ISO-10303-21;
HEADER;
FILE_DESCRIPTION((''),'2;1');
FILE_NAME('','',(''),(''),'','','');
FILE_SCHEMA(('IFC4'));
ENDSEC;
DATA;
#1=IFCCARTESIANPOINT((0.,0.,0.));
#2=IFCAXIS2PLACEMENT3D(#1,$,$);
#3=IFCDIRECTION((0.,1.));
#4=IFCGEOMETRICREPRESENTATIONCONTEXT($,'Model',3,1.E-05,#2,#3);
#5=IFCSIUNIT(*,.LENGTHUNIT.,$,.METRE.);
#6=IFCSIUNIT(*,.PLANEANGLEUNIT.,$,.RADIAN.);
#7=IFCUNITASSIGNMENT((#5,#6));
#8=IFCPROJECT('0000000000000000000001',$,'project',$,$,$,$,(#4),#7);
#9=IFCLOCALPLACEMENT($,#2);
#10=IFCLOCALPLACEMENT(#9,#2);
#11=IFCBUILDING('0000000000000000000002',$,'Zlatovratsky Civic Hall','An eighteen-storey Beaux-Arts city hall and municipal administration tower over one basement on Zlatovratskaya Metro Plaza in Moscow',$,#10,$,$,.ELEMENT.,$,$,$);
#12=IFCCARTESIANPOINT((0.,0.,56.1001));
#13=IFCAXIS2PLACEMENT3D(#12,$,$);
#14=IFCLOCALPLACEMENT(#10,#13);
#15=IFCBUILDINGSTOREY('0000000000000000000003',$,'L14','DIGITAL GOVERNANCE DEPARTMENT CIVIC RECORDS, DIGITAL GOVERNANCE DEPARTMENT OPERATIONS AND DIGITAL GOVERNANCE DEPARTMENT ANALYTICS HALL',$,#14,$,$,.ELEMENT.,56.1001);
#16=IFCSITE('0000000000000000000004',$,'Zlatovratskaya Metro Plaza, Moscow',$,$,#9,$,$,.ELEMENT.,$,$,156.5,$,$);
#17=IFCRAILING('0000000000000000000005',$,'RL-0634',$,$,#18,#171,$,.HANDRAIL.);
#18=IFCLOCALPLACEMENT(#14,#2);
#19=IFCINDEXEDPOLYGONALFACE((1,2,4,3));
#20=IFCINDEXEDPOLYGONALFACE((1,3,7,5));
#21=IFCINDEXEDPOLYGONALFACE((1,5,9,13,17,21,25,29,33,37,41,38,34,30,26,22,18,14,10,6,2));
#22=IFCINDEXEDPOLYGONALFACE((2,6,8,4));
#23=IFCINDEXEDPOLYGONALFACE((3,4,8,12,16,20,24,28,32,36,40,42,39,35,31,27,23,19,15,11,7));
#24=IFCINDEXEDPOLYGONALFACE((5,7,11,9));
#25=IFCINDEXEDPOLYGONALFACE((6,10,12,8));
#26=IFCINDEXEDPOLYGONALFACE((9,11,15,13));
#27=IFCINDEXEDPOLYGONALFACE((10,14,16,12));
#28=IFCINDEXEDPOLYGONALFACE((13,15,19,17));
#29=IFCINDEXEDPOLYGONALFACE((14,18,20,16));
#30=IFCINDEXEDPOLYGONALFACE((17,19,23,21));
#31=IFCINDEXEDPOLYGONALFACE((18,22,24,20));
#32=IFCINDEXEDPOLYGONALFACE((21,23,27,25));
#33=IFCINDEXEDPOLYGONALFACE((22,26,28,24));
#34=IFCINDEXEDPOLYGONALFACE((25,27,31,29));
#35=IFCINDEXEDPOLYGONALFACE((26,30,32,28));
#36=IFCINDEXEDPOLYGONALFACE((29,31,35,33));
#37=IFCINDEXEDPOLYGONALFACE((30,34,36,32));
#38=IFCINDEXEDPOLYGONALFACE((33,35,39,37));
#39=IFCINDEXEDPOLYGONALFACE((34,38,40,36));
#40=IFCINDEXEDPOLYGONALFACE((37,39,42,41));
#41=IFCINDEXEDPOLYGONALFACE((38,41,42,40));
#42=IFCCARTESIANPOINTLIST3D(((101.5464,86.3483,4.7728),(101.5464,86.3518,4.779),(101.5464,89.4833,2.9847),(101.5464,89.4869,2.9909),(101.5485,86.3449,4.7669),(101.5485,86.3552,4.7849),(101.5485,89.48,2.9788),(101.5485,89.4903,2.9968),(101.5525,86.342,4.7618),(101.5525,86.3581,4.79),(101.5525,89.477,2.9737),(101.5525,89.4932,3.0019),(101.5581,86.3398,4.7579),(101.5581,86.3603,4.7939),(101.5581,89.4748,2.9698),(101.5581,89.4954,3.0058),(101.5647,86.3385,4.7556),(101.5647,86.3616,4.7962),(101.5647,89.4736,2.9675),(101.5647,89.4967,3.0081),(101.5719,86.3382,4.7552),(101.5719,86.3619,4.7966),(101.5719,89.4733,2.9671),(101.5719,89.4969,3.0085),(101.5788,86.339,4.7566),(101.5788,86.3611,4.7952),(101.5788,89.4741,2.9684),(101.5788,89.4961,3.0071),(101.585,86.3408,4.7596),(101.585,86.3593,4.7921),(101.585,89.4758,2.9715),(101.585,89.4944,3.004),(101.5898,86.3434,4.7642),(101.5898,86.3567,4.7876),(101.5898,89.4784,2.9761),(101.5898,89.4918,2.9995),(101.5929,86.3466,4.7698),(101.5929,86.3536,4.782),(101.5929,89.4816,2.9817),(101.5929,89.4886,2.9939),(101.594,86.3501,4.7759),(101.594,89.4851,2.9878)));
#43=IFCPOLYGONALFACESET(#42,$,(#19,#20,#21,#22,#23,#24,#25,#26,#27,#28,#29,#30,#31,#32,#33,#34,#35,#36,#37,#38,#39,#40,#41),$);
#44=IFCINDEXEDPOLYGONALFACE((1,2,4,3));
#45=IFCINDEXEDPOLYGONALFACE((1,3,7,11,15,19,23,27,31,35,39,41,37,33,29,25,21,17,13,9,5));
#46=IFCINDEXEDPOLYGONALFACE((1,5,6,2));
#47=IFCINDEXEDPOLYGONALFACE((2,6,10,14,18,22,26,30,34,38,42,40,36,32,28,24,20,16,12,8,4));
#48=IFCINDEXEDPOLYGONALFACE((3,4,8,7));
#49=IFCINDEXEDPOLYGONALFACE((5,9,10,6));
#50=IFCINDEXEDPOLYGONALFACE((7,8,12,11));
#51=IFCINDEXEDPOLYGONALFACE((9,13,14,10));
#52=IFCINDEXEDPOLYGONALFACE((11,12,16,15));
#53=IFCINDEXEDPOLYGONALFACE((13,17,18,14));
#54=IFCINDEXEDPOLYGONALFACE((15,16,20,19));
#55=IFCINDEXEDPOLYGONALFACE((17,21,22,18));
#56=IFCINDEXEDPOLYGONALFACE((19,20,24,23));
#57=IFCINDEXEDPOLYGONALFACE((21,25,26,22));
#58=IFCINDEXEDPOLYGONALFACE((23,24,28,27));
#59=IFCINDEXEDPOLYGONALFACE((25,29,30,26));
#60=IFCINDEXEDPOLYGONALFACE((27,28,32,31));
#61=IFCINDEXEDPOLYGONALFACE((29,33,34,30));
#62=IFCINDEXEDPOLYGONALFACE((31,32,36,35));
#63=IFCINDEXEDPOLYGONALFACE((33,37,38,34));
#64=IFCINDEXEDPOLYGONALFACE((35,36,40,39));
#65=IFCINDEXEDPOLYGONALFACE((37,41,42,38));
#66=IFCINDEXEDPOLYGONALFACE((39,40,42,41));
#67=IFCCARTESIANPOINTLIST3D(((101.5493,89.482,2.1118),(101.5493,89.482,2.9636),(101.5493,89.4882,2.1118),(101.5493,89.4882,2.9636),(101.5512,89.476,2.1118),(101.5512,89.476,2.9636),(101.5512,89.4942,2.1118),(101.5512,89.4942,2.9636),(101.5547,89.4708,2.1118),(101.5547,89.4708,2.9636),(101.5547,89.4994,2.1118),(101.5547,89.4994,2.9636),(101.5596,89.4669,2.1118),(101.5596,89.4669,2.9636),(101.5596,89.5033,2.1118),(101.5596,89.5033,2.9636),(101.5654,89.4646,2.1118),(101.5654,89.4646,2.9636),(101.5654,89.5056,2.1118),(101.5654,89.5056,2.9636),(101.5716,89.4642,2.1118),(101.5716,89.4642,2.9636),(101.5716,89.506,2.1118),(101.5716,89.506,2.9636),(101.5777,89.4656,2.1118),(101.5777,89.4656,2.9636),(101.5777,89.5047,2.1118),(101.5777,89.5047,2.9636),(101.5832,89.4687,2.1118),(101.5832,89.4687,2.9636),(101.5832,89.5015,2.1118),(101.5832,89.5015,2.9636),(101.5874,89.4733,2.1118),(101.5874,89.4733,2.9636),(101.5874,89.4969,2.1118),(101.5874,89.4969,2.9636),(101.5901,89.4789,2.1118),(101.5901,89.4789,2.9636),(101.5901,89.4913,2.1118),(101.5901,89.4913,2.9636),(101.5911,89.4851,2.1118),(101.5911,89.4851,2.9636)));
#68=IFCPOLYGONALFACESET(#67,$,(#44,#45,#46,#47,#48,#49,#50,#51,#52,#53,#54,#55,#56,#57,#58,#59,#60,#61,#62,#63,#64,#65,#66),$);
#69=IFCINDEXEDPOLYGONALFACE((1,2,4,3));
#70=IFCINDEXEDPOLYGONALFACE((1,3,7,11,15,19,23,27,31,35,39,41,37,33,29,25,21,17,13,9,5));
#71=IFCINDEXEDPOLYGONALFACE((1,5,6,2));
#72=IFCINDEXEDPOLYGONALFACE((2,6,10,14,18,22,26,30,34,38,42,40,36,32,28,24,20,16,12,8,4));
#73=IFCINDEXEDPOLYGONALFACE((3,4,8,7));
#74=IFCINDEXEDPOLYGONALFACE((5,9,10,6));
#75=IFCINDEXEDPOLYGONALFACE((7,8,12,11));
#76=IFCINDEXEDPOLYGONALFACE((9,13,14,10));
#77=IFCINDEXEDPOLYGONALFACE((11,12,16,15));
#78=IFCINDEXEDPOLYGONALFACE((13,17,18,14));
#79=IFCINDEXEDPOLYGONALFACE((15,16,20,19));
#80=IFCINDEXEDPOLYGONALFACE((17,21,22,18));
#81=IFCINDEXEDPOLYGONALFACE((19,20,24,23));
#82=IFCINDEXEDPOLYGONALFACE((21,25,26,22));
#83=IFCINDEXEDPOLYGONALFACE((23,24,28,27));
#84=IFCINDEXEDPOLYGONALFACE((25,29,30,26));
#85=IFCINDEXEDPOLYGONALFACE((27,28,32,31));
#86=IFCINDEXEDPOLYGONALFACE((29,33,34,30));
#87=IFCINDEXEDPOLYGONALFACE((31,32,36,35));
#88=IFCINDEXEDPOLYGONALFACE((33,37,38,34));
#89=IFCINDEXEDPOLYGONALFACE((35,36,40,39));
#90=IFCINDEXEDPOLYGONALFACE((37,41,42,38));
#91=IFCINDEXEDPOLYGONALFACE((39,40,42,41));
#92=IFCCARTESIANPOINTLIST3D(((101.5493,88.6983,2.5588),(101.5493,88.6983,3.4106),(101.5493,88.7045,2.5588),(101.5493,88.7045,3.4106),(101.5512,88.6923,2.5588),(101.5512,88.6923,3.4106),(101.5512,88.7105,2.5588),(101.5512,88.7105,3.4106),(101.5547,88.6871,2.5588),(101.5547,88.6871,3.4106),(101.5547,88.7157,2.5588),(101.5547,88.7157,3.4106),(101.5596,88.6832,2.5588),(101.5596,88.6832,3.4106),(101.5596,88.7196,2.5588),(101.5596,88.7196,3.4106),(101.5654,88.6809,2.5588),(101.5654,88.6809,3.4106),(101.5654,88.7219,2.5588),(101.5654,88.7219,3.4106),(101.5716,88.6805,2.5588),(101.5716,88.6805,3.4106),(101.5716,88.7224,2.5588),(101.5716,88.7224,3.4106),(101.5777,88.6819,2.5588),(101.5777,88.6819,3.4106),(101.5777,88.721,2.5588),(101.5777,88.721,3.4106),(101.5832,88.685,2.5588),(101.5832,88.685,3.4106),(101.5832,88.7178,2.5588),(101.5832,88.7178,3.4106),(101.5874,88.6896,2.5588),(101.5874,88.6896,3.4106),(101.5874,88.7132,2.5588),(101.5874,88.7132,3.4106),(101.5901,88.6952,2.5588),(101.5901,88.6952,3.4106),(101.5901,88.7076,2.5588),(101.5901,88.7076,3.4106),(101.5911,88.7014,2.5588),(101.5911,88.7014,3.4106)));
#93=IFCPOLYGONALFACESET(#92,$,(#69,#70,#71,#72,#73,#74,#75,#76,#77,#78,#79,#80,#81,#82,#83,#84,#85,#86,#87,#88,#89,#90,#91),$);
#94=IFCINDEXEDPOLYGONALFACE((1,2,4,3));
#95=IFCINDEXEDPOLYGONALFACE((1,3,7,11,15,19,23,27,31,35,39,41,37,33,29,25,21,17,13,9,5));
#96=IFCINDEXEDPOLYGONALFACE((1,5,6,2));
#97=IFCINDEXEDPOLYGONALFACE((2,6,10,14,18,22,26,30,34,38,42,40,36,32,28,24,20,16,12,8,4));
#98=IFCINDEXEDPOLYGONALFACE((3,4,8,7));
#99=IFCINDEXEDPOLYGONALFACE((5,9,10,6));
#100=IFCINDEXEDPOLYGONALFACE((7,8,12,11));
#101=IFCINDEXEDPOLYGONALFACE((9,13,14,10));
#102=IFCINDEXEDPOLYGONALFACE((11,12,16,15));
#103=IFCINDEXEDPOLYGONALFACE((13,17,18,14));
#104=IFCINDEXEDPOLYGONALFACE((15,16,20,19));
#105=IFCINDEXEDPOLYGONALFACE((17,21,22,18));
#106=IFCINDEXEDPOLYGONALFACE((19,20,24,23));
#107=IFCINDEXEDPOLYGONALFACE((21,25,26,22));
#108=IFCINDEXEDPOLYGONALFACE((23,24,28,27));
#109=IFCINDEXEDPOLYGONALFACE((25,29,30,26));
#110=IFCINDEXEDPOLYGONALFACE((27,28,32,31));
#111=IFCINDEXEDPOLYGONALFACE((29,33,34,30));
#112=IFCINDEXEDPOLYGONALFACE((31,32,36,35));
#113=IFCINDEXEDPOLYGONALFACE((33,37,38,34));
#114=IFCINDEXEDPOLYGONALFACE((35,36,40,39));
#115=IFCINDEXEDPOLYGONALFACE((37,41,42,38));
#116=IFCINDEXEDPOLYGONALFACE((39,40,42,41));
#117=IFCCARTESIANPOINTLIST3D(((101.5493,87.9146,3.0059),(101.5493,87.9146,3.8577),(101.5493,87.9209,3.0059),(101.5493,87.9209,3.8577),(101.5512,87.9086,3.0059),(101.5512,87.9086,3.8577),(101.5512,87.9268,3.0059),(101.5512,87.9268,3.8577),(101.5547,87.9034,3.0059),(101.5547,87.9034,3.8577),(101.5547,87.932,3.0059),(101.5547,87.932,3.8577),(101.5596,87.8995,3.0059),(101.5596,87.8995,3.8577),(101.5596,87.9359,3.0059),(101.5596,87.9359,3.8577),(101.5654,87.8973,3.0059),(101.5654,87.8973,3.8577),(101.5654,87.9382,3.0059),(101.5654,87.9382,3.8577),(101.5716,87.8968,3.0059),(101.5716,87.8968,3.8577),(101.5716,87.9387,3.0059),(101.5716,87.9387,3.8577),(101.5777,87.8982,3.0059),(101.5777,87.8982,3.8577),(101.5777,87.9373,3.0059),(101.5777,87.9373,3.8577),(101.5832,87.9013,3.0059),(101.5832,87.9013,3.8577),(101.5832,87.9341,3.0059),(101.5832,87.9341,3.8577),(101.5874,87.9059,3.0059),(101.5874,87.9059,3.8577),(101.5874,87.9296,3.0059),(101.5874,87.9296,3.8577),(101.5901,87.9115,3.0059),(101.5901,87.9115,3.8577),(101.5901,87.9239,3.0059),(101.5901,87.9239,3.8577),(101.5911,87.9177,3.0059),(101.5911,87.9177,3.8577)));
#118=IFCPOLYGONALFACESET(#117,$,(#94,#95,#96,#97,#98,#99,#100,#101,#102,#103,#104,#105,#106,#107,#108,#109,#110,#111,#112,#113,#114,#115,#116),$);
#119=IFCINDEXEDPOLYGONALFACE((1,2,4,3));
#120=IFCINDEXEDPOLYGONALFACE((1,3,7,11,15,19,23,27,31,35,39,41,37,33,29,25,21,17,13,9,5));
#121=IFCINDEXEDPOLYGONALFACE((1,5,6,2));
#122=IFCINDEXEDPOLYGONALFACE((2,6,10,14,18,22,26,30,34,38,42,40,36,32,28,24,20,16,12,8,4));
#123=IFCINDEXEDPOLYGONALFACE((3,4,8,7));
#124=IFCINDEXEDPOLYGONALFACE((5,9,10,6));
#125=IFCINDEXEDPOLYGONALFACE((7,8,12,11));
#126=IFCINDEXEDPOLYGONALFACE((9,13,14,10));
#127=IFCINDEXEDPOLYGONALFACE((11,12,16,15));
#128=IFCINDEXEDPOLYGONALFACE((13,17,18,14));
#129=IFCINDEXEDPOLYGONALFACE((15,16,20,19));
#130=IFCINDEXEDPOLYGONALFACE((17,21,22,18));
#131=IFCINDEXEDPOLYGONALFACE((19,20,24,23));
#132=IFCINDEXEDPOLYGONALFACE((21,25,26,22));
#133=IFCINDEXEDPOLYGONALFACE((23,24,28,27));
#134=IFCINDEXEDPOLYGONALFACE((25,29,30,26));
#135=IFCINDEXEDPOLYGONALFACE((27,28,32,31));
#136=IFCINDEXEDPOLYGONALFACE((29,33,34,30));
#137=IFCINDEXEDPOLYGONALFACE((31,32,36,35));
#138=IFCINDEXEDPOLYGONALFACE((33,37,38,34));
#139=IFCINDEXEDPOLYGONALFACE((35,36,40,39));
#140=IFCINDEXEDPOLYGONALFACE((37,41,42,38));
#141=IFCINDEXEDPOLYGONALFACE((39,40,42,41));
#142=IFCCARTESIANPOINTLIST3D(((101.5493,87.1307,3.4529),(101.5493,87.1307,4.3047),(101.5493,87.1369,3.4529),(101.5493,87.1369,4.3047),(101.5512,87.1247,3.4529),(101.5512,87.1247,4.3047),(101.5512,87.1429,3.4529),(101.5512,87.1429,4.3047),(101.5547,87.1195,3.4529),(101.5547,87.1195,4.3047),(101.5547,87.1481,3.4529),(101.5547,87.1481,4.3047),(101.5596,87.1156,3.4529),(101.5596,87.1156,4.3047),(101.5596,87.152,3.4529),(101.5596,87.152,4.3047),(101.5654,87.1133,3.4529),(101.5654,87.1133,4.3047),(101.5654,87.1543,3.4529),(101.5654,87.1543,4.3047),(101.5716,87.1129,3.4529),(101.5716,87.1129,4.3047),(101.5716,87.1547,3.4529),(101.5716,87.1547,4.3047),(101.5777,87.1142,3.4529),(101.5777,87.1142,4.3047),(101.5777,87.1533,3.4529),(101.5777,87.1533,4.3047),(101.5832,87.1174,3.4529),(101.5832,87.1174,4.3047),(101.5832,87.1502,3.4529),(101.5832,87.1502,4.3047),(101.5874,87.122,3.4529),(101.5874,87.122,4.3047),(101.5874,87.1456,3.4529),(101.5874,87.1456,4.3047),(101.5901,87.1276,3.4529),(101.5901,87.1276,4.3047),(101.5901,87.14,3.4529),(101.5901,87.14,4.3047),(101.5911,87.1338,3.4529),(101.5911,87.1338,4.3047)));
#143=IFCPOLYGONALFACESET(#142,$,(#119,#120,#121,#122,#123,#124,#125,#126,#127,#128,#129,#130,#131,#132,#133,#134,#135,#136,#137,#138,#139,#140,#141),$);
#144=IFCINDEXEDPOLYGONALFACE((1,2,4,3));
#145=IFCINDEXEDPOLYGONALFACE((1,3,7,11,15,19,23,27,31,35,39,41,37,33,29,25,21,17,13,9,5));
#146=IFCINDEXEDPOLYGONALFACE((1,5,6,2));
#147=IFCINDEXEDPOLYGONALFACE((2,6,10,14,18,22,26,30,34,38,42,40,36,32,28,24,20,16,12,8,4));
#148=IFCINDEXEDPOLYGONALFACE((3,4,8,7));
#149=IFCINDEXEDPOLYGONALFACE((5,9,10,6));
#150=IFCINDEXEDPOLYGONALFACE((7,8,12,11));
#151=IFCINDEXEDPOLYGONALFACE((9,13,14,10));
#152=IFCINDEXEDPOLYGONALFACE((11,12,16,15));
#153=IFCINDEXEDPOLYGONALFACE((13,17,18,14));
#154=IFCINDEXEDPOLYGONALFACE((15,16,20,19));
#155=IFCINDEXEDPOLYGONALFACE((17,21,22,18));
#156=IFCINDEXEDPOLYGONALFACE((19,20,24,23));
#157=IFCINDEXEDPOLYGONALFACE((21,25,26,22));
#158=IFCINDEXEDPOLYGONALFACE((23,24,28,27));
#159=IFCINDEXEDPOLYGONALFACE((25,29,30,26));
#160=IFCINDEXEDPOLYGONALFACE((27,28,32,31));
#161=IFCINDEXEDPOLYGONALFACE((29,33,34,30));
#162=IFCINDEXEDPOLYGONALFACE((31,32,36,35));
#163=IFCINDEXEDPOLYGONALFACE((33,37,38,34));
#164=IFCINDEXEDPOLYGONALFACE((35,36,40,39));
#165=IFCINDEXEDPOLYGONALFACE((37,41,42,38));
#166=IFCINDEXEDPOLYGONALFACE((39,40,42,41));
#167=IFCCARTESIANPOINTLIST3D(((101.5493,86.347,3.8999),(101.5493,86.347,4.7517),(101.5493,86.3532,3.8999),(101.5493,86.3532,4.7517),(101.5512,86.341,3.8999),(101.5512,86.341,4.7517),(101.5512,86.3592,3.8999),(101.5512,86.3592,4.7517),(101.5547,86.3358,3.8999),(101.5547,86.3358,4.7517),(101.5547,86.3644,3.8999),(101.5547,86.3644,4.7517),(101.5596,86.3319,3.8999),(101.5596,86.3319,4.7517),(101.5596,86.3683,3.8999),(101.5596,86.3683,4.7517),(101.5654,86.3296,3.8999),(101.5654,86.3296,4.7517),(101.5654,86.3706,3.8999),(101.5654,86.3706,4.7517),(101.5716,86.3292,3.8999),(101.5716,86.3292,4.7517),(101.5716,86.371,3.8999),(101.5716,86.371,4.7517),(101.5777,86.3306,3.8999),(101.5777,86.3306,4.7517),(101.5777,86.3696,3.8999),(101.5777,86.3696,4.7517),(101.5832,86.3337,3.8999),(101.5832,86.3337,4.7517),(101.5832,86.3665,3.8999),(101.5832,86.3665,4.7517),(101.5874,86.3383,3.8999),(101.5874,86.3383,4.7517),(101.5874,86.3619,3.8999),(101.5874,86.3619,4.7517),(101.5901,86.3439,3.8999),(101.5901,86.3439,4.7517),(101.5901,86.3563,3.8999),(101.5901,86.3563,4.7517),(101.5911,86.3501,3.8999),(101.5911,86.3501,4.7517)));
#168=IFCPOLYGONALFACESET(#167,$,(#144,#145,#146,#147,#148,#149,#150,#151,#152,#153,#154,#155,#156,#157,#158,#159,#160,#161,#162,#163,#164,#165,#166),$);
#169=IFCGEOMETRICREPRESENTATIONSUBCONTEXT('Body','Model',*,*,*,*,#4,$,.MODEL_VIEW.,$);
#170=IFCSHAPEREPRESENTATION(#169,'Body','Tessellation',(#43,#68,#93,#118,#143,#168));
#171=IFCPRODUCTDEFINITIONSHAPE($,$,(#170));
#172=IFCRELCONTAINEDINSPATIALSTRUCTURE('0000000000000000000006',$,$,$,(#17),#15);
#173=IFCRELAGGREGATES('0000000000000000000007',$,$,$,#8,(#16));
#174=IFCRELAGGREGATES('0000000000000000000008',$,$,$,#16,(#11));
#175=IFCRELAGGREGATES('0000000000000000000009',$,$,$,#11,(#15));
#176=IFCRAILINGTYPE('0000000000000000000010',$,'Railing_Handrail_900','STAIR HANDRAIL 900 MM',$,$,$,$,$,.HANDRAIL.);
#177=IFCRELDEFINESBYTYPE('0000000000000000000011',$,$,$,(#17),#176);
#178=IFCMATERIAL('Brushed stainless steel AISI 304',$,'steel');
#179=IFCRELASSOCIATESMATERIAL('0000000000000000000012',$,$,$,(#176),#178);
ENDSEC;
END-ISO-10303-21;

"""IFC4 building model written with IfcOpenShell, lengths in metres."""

from ifc_helpers import new_model, si_unit, direction, frame, origin, origin_2d, place, context, subcontext, project, spatial, circle, extrude, material, type_object, element, save


model = new_model("IFC4")

# Units and contexts
model_context = context("Model", 3, precision=1e-05, world=origin(), true_north=direction((0.0, 1.0)))
body_context = subcontext(model_context, "Body", "Model", "MODEL_VIEW")
ifc_project = project(units=[si_unit("LENGTHUNIT", "METRE"), si_unit("PLANEANGLEUNIT", "RADIAN")], contexts=[model_context])

# Site, building, storey
site_placement = place(None, origin())
site = spatial("IfcSite", under=ifc_project, at=site_placement, Name="Zlatovratskaya Metro Plaza, Moscow", CompositionType="ELEMENT", RefElevation=156.5)
building_placement = place(site_placement, origin())
building = spatial("IfcBuilding", under=site, at=building_placement, Name="Zlatovratsky Civic Hall", Description="An eighteen-storey Beaux-Arts city hall and municipal administration tower over one basement on Zlatovratskaya Metro Plaza in Moscow", CompositionType="ELEMENT")
storey_placement = place(building_placement, frame((0.0, 0.0, 56.1001)))
storey = spatial("IfcBuildingStorey", under=building, at=storey_placement, Name="L14", Description="DIGITAL GOVERNANCE DEPARTMENT CIVIC RECORDS, DIGITAL GOVERNANCE DEPARTMENT OPERATIONS AND DIGITAL GOVERNANCE DEPARTMENT ANALYTICS HALL", CompositionType="ELEMENT", Elevation=56.1001)

# Railing
ifc_material_1 = material(Name="Brushed stainless steel AISI 304", Category="steel")
railing_type = type_object("IfcRailingType", Name="Railing_Handrail_900", Description="STAIR HANDRAIL 900 MM", PredefinedType="HANDRAIL", material=ifc_material_1)
railing_placement = place(storey_placement, frame((101.5701, 89.4851, 2.1118)))
element("IfcRailing", 1, at=railing_placement, inside=storey, type_object=railing_type, Name="RL-0634", PredefinedType="HANDRAIL", context=body_context, shape_type="SweptSolid", body=[
    extrude(circle(Radius=0.0239, at=origin_2d()), frame((0.0, 0.0, 0.876), z_axis=(0.0, -0.868642, 0.495439), x_axis=(1.0, 0.0, 0.0)), (0.0, 0.0, 1.0), 3.6091),
    extrude(circle(Radius=0.021, at=origin_2d()), origin(), (0.0, 0.0, 1.0), 0.8518),
    extrude(circle(Radius=0.021, at=origin_2d()), frame((0.0, -0.7837, 0.447)), (0.0, 0.0, 1.0), 0.8518),
    extrude(circle(Radius=0.021, at=origin_2d()), frame((0.0, -1.5674, 0.894)), (0.0, 0.0, 1.0), 0.8518),
    extrude(circle(Radius=0.021, at=origin_2d()), frame((0.0, -2.3513, 1.3411)), (0.0, 0.0, 1.0), 0.8518),
    extrude(circle(Radius=0.021, at=origin_2d()), frame((0.0, -3.135, 1.7881)), (0.0, 0.0, 1.0), 0.8518),
])

save(model, "model.ifc")
